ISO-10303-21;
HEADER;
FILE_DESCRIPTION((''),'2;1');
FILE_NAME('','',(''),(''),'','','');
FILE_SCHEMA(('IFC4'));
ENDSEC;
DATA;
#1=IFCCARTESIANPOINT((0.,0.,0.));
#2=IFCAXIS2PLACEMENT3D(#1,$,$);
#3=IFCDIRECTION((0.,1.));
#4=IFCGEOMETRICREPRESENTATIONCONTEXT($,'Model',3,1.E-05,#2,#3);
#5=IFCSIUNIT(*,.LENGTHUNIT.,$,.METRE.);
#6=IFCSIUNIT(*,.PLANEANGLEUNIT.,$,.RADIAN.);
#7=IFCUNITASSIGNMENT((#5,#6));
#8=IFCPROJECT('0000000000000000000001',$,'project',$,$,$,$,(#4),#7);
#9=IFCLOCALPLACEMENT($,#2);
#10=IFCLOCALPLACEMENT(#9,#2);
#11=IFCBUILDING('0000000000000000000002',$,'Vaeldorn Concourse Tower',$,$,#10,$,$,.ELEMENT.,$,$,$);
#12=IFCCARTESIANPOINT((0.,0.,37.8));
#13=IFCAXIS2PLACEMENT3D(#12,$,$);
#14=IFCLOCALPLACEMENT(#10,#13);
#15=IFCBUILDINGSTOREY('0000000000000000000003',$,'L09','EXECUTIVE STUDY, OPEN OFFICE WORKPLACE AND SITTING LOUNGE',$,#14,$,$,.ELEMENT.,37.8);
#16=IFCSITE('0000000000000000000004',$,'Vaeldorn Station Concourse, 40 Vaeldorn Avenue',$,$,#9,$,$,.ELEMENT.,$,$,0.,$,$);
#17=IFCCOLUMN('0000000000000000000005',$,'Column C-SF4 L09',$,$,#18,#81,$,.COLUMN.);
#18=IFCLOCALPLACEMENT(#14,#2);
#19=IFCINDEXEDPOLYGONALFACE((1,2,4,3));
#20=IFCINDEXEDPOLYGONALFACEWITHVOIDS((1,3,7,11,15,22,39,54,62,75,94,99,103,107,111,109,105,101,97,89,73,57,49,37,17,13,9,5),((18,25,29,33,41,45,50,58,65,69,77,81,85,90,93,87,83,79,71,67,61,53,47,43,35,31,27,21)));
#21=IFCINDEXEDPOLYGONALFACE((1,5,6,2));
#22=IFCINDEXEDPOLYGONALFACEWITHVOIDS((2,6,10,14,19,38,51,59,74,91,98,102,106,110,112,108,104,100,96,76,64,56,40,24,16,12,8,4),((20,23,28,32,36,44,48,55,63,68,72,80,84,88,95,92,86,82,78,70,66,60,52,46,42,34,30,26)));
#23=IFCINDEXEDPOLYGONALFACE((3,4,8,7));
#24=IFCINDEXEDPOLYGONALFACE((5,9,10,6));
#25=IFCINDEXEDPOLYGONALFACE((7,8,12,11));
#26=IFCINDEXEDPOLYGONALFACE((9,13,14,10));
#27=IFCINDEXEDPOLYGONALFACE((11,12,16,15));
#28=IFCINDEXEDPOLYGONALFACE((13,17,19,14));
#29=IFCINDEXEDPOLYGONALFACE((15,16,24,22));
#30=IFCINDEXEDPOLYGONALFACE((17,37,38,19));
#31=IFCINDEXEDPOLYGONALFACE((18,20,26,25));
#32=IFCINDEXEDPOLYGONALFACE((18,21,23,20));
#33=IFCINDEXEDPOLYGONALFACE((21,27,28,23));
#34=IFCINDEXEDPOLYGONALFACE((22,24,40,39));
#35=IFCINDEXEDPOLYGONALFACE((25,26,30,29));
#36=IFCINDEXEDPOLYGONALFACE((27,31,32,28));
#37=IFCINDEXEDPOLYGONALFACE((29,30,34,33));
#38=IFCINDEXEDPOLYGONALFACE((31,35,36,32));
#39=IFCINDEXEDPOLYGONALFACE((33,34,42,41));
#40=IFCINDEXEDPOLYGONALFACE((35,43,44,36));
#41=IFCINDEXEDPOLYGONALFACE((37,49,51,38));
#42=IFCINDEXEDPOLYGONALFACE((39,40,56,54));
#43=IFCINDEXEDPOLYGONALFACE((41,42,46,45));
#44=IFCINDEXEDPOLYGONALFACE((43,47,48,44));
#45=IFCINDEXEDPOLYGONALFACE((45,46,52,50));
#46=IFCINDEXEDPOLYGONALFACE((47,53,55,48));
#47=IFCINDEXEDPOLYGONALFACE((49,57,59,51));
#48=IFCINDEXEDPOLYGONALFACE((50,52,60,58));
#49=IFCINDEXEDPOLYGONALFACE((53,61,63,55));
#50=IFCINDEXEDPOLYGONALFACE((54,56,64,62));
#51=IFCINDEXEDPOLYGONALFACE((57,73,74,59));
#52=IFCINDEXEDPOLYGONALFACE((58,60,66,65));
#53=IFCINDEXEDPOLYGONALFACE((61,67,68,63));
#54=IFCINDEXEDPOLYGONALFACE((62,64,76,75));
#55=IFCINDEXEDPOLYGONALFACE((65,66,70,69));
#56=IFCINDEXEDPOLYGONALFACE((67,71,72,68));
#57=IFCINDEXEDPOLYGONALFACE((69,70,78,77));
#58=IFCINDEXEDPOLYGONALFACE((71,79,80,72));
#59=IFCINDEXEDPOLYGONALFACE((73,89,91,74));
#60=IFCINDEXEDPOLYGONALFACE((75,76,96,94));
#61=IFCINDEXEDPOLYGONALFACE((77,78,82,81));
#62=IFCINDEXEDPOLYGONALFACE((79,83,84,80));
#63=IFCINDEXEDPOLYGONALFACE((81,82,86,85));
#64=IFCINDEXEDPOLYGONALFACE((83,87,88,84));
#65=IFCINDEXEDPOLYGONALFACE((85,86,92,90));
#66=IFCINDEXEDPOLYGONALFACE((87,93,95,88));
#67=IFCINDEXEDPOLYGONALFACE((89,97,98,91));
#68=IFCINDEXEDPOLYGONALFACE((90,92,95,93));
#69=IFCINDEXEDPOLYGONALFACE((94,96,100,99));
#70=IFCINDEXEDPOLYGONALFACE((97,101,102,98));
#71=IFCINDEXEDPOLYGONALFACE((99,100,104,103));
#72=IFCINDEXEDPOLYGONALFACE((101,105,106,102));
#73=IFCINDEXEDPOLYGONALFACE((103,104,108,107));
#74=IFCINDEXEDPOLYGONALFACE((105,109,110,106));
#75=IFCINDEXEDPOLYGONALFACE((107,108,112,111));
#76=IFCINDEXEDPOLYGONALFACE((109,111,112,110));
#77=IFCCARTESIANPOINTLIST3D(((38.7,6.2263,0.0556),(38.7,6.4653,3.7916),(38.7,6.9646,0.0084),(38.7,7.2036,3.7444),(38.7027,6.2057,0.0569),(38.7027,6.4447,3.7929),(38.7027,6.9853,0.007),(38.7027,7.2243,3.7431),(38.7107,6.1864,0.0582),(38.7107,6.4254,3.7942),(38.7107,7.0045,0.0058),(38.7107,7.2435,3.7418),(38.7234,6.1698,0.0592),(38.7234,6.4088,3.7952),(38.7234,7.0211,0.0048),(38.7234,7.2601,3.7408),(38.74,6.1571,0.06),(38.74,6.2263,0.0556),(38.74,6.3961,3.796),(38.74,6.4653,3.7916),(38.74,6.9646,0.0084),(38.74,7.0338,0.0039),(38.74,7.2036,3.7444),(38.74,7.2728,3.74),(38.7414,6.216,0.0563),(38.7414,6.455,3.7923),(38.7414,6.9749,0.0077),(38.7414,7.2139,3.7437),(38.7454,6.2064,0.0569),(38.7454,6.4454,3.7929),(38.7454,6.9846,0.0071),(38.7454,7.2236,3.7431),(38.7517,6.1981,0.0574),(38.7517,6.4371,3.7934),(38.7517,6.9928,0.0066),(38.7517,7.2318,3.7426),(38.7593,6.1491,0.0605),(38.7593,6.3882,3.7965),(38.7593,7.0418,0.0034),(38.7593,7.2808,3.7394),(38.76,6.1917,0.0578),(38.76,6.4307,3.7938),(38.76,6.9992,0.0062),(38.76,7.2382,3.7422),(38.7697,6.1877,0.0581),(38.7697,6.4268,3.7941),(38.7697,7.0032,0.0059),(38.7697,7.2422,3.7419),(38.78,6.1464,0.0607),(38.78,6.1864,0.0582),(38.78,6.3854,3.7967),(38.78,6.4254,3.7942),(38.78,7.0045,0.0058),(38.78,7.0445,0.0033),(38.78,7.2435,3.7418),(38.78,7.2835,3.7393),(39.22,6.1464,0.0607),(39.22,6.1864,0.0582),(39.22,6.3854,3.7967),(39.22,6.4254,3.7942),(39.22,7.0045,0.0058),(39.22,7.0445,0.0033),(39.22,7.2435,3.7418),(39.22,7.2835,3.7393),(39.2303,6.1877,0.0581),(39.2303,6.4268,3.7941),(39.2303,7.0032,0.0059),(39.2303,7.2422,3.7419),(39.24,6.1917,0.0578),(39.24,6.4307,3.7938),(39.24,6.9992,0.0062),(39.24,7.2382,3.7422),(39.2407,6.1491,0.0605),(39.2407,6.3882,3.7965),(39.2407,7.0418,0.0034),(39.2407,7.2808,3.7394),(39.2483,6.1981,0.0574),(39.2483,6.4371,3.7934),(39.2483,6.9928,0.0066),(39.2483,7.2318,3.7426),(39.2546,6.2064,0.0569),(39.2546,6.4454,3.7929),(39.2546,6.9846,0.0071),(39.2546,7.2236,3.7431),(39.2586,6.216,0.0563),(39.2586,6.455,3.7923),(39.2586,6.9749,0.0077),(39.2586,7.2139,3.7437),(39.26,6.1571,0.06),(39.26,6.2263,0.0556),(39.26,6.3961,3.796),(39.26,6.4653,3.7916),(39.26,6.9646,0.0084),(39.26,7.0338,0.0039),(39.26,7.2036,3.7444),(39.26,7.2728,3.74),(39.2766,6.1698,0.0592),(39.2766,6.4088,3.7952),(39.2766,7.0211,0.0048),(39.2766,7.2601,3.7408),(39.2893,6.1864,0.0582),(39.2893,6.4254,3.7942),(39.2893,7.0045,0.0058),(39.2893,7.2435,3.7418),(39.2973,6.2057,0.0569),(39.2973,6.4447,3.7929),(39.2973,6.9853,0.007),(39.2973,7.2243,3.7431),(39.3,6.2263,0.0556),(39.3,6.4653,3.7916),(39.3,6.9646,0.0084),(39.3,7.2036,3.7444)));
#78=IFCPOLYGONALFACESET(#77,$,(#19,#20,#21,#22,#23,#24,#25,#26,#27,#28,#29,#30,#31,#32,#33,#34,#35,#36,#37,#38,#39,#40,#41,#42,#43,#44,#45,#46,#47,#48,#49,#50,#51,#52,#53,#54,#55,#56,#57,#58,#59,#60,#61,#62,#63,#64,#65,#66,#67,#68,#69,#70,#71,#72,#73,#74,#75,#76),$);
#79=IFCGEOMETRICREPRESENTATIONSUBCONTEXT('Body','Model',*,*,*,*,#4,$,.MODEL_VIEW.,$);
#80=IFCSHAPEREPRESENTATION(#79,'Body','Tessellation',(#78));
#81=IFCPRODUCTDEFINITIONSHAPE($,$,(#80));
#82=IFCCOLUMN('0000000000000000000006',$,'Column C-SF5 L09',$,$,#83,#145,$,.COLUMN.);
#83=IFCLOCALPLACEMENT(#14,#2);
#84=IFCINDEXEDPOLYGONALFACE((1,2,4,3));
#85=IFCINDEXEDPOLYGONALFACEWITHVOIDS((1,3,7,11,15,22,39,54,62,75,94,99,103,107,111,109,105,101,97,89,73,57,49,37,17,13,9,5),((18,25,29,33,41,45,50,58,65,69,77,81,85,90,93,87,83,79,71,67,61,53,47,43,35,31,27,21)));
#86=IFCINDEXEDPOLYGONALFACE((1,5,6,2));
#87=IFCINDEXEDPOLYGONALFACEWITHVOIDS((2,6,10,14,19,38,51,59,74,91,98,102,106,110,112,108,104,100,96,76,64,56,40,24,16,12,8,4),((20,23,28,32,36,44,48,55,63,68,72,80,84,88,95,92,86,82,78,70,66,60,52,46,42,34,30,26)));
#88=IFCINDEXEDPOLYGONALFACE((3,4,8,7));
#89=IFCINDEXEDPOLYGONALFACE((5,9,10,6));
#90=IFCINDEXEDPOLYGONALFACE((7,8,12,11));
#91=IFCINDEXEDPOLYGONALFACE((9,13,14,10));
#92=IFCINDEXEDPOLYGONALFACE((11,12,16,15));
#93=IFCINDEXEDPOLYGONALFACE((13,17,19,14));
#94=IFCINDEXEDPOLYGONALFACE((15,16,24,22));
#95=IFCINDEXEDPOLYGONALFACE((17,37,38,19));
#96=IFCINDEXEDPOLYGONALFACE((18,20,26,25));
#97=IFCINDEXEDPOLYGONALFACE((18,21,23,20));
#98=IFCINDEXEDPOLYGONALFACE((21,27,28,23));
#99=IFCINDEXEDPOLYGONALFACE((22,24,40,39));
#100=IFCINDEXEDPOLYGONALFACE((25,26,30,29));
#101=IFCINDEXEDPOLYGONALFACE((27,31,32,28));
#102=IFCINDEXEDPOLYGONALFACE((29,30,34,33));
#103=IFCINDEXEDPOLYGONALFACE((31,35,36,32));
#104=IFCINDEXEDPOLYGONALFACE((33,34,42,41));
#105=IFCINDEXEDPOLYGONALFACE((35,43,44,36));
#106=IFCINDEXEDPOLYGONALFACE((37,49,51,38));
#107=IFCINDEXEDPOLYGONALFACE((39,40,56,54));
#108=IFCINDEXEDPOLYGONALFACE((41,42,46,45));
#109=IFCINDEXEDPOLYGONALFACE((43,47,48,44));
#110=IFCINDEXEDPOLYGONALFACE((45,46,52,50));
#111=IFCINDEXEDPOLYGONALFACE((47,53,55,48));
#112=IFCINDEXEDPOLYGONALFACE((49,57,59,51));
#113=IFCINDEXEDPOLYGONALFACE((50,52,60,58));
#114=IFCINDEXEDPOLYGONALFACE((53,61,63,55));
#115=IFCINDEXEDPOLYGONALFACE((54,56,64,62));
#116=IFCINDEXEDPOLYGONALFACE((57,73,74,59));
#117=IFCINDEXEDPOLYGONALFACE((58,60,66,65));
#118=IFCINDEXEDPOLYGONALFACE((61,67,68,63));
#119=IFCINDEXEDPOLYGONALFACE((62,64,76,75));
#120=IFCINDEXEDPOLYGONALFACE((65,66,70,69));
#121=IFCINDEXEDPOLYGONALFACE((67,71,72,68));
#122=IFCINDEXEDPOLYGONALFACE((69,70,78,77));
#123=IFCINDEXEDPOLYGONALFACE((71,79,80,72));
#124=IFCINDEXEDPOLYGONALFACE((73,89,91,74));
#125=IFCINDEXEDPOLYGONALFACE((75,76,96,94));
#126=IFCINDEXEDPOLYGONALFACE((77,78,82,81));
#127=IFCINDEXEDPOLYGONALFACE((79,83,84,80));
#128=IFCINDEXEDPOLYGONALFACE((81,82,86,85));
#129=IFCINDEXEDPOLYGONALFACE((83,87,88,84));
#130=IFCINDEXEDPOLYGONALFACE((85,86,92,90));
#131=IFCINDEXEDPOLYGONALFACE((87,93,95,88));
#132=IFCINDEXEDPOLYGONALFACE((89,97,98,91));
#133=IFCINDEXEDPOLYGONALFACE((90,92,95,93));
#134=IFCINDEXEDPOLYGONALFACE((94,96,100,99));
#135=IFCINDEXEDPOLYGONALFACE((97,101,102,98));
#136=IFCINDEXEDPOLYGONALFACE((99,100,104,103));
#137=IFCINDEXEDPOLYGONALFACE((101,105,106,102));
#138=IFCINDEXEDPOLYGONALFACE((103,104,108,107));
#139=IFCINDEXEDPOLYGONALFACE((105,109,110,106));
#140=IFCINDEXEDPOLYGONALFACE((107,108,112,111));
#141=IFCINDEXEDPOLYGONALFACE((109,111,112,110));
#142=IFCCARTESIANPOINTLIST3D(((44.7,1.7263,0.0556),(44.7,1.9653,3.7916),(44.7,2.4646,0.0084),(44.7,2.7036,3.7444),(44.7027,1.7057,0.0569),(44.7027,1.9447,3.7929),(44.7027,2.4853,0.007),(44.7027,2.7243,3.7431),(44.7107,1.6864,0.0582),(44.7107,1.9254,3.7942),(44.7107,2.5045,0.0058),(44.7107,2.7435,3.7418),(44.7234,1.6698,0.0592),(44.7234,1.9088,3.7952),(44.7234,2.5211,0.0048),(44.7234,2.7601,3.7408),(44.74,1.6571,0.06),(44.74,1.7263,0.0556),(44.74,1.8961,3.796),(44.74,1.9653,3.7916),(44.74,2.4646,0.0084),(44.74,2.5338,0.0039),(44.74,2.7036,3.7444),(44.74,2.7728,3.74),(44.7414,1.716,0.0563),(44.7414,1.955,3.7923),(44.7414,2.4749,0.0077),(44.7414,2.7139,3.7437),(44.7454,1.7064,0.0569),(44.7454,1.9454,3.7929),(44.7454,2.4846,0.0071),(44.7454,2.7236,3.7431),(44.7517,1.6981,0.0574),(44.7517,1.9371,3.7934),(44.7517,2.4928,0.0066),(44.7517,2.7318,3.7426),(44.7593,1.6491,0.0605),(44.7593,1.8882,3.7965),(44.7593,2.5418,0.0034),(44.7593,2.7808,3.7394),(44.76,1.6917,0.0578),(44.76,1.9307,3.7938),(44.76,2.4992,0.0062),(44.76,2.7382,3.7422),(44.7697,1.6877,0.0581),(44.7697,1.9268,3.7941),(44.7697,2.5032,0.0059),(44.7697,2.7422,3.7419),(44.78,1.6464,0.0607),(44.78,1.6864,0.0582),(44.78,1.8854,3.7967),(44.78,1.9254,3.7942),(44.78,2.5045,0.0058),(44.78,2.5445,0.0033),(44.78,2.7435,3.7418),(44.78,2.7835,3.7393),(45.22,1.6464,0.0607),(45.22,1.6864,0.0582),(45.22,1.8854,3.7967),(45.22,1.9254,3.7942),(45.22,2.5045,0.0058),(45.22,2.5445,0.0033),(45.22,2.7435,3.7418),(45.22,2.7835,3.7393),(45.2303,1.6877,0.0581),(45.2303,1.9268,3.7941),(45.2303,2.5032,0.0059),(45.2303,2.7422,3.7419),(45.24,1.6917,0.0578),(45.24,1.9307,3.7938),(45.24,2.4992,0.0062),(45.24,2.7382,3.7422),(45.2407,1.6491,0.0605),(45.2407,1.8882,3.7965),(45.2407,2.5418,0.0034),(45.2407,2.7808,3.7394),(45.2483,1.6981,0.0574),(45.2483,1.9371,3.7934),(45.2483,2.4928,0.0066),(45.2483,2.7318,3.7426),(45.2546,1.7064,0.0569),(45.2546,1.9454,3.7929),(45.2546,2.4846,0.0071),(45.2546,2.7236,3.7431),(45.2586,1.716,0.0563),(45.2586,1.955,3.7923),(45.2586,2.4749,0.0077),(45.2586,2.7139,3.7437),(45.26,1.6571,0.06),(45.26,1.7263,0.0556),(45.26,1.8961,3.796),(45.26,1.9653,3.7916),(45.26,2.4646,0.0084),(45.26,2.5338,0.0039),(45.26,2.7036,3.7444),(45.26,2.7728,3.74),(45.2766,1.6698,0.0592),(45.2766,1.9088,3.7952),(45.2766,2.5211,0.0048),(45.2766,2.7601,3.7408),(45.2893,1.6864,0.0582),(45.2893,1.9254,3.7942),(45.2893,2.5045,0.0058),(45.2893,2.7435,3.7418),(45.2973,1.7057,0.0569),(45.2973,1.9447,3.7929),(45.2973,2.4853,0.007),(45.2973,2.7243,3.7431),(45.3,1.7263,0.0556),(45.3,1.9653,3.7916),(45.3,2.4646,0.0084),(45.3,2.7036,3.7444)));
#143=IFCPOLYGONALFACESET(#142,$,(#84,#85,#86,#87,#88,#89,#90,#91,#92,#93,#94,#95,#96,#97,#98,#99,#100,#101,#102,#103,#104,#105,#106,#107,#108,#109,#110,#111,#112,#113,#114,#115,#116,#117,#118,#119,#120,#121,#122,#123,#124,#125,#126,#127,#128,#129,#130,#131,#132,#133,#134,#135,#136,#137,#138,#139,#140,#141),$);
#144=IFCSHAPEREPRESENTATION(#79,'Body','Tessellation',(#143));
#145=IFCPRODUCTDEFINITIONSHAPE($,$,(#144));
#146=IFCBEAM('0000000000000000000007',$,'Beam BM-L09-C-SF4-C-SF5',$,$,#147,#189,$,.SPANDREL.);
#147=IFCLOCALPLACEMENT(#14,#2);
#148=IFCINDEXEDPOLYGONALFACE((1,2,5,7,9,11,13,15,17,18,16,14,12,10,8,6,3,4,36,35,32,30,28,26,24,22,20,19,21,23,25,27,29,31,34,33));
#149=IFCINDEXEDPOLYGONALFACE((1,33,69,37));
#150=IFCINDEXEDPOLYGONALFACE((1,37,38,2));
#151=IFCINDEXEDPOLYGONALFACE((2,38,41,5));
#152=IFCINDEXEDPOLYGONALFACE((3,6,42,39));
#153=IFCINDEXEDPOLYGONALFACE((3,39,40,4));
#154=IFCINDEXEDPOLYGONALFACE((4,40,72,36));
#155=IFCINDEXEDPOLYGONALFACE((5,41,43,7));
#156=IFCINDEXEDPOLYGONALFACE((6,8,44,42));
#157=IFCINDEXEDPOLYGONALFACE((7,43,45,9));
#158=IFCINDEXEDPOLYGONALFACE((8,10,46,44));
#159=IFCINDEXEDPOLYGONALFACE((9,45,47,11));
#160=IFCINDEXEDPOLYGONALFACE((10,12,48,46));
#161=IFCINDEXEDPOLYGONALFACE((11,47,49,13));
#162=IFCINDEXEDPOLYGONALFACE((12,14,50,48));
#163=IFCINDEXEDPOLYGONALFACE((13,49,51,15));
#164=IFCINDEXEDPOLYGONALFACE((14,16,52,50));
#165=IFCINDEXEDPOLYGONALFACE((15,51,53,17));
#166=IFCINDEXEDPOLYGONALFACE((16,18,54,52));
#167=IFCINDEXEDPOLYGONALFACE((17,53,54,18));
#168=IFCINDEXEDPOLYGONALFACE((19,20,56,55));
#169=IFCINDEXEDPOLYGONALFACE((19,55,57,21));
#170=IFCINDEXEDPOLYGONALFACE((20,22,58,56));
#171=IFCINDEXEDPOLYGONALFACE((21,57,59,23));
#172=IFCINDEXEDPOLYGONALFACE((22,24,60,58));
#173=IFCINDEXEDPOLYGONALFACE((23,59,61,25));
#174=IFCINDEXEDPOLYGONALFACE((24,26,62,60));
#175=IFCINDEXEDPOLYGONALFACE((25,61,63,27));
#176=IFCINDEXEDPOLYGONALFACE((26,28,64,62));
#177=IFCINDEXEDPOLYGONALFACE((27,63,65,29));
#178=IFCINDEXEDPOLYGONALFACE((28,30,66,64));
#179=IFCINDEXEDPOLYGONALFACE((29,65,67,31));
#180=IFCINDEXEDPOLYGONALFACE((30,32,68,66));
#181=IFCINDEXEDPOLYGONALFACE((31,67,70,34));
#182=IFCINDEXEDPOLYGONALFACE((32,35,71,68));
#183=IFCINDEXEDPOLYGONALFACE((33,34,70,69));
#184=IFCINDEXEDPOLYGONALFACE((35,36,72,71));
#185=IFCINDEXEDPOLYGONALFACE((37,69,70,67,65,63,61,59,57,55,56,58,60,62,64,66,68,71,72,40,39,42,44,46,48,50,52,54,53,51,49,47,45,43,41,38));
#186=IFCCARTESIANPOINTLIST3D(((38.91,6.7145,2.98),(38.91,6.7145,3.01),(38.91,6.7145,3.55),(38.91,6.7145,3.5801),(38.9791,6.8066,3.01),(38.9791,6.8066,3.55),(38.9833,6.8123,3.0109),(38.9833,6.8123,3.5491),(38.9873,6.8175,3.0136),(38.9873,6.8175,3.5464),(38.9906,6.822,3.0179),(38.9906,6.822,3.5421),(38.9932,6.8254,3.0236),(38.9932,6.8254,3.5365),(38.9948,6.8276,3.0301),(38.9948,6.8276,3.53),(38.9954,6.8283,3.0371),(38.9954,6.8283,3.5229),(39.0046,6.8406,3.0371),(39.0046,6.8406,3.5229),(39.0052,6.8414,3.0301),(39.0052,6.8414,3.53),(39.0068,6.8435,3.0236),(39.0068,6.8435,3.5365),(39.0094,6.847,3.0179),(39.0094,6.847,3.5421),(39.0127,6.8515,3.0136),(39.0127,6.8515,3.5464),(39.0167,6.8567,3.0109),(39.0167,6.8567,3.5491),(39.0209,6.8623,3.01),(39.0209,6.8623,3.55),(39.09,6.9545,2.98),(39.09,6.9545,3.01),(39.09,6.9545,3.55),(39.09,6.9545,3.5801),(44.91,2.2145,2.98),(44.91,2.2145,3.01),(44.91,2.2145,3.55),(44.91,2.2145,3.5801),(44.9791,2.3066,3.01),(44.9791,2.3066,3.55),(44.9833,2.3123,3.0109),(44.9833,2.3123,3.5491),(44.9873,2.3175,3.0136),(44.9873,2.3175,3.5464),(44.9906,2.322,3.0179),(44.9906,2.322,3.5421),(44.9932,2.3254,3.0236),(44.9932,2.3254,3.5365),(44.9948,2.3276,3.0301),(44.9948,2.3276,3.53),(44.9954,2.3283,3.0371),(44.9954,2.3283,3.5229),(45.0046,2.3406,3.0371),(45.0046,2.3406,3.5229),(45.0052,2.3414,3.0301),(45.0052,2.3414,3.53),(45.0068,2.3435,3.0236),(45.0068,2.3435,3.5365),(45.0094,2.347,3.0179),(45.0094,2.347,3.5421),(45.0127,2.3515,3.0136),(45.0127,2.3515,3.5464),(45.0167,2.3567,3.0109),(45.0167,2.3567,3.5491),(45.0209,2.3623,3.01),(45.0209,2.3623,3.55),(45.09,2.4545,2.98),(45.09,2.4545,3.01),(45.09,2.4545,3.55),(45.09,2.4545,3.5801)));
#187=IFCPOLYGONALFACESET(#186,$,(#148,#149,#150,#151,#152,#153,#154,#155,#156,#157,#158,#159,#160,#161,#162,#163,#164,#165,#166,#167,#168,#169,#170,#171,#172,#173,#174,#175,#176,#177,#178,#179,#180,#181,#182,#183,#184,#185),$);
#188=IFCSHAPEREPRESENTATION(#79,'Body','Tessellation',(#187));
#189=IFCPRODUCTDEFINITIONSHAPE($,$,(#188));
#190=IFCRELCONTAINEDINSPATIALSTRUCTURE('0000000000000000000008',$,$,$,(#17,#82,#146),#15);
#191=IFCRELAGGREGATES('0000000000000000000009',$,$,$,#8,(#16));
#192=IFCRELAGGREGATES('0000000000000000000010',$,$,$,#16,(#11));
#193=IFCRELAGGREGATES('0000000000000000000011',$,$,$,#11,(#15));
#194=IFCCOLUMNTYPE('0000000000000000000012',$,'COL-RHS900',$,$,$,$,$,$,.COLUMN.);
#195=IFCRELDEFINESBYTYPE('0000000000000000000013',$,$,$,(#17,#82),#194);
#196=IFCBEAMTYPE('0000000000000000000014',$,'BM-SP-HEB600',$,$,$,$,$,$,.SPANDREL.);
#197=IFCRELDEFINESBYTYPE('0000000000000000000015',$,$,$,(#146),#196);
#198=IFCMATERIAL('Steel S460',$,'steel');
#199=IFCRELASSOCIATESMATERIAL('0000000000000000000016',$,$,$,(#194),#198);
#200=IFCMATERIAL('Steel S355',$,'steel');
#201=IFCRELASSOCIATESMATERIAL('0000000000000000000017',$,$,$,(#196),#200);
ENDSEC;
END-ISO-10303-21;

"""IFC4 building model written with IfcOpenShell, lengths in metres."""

from ifc_helpers import new_model, si_unit, direction, frame, origin, origin_2d, place, context, subcontext, project, spatial, hollow_rectangle, i_section, extrude, source, transform, mapped, material, material_profile, profile_set, type_object, element, save


model = new_model("IFC4")

# Units and contexts
model_context = context("Model", 3, precision=1e-05, world=origin(), true_north=direction((0.0, 1.0)))
body_context = subcontext(model_context, "Body", "Model", "MODEL_VIEW")
ifc_project = project(units=[si_unit("LENGTHUNIT", "METRE"), si_unit("PLANEANGLEUNIT", "RADIAN")], contexts=[model_context])

# Site, building, storey
site_placement = place(None, origin())
site = spatial("IfcSite", under=ifc_project, at=site_placement, Name="Vaeldorn Station Concourse, 40 Vaeldorn Avenue", CompositionType="ELEMENT", RefElevation=0.0)
building_placement = place(site_placement, origin())
building = spatial("IfcBuilding", under=site, at=building_placement, Name="Vaeldorn Concourse Tower", CompositionType="ELEMENT")
storey_placement = place(building_placement, frame((0.0, 0.0, 37.8)))
storey = spatial("IfcBuildingStorey", under=building, at=storey_placement, Name="L09", Description="EXECUTIVE STUDY, OPEN OFFICE WORKPLACE AND SITTING LOUNGE", CompositionType="ELEMENT", Elevation=37.8)

# Columns
ifc_material_1 = material(Name="Steel S460", Category="steel")
ifc_material_profile_1 = material_profile(ifc_material_1, hollow_rectangle(XDim=0.6001, YDim=0.8999, WallThickness=0.04, InnerFilletRadius=0.04, OuterFilletRadius=0.0801, at=origin_2d()), Name="RHS 900x600x40")
ifc_profile_set_1 = profile_set([ifc_material_profile_1], Name="Steel S460")
column_type = type_object("IfcColumnType", Name="COL-RHS900", PredefinedType="COLUMN", material=ifc_profile_set_1)
shared_shape_1 = source(origin(), body_context, "Body", "SweptSolid", [
    extrude(hollow_rectangle(XDim=0.6001, YDim=0.8999, WallThickness=0.04, InnerFilletRadius=0.04, OuterFilletRadius=0.0801, at=origin_2d()), origin(), (0.0, 0.0, 1.0), 3.7437),
])
for number, where, z_axis, x_axis, name in (
    (1, (39.0, 6.5955, 0.032), (0.0, 0.063844, 0.99796), (-1.0, 0.0, 0.0), "Column C-SF4 L09"),
    (2, (45.0, 2.0955, 0.032), (0.0, 0.063844, 0.99796), (-1.0, 0.0, 0.0), "Column C-SF5 L09"),
):
    element("IfcColumn", number, at=place(storey_placement, frame(where, z_axis=z_axis, x_axis=x_axis)), inside=storey, type_object=column_type, Name=name, PredefinedType="COLUMN", context=body_context, shape_type="MappedRepresentation", body=[
        mapped(shared_shape_1, transform((0.0, 0.0, 0.0), scale=1.0)),
    ])

# Beam
ifc_material_2 = material(Name="Steel S355", Category="steel")
ifc_material_profile_2 = material_profile(ifc_material_2, i_section(OverallWidth=0.3, OverallDepth=0.6001, WebThickness=0.0154, FlangeThickness=0.03, FilletRadius=0.0271, at=origin_2d()), Name="HEB 600")
ifc_profile_set_2 = profile_set([ifc_material_profile_2], Name="Steel S355")
beam_type_1 = type_object("IfcBeamType", Name="BM-SP-HEB600", PredefinedType="SPANDREL", material=ifc_profile_set_2)
shared_shape_2 = source(origin(), body_context, "Body", "SweptSolid", [
    extrude(i_section(OverallWidth=0.3, OverallDepth=0.6001, WebThickness=0.0154, FlangeThickness=0.03, FilletRadius=0.0271, at=origin_2d()), origin(), (0.0, 0.0, 1.0), 7.5),
])
beam_1_placement = place(storey_placement, frame((39.0, 6.8345, 3.28), z_axis=(0.8, -0.6, 0.0), x_axis=(0.6, 0.8, 0.0)))
element("IfcBeam", 3, at=beam_1_placement, inside=storey, type_object=beam_type_1, Name="Beam BM-L09-C-SF4-C-SF5", PredefinedType="SPANDREL", context=body_context, shape_type="MappedRepresentation", body=[
    mapped(shared_shape_2, transform((0.0, 0.0, 0.0), scale=1.0)),
])

save(model, "model.ifc")
